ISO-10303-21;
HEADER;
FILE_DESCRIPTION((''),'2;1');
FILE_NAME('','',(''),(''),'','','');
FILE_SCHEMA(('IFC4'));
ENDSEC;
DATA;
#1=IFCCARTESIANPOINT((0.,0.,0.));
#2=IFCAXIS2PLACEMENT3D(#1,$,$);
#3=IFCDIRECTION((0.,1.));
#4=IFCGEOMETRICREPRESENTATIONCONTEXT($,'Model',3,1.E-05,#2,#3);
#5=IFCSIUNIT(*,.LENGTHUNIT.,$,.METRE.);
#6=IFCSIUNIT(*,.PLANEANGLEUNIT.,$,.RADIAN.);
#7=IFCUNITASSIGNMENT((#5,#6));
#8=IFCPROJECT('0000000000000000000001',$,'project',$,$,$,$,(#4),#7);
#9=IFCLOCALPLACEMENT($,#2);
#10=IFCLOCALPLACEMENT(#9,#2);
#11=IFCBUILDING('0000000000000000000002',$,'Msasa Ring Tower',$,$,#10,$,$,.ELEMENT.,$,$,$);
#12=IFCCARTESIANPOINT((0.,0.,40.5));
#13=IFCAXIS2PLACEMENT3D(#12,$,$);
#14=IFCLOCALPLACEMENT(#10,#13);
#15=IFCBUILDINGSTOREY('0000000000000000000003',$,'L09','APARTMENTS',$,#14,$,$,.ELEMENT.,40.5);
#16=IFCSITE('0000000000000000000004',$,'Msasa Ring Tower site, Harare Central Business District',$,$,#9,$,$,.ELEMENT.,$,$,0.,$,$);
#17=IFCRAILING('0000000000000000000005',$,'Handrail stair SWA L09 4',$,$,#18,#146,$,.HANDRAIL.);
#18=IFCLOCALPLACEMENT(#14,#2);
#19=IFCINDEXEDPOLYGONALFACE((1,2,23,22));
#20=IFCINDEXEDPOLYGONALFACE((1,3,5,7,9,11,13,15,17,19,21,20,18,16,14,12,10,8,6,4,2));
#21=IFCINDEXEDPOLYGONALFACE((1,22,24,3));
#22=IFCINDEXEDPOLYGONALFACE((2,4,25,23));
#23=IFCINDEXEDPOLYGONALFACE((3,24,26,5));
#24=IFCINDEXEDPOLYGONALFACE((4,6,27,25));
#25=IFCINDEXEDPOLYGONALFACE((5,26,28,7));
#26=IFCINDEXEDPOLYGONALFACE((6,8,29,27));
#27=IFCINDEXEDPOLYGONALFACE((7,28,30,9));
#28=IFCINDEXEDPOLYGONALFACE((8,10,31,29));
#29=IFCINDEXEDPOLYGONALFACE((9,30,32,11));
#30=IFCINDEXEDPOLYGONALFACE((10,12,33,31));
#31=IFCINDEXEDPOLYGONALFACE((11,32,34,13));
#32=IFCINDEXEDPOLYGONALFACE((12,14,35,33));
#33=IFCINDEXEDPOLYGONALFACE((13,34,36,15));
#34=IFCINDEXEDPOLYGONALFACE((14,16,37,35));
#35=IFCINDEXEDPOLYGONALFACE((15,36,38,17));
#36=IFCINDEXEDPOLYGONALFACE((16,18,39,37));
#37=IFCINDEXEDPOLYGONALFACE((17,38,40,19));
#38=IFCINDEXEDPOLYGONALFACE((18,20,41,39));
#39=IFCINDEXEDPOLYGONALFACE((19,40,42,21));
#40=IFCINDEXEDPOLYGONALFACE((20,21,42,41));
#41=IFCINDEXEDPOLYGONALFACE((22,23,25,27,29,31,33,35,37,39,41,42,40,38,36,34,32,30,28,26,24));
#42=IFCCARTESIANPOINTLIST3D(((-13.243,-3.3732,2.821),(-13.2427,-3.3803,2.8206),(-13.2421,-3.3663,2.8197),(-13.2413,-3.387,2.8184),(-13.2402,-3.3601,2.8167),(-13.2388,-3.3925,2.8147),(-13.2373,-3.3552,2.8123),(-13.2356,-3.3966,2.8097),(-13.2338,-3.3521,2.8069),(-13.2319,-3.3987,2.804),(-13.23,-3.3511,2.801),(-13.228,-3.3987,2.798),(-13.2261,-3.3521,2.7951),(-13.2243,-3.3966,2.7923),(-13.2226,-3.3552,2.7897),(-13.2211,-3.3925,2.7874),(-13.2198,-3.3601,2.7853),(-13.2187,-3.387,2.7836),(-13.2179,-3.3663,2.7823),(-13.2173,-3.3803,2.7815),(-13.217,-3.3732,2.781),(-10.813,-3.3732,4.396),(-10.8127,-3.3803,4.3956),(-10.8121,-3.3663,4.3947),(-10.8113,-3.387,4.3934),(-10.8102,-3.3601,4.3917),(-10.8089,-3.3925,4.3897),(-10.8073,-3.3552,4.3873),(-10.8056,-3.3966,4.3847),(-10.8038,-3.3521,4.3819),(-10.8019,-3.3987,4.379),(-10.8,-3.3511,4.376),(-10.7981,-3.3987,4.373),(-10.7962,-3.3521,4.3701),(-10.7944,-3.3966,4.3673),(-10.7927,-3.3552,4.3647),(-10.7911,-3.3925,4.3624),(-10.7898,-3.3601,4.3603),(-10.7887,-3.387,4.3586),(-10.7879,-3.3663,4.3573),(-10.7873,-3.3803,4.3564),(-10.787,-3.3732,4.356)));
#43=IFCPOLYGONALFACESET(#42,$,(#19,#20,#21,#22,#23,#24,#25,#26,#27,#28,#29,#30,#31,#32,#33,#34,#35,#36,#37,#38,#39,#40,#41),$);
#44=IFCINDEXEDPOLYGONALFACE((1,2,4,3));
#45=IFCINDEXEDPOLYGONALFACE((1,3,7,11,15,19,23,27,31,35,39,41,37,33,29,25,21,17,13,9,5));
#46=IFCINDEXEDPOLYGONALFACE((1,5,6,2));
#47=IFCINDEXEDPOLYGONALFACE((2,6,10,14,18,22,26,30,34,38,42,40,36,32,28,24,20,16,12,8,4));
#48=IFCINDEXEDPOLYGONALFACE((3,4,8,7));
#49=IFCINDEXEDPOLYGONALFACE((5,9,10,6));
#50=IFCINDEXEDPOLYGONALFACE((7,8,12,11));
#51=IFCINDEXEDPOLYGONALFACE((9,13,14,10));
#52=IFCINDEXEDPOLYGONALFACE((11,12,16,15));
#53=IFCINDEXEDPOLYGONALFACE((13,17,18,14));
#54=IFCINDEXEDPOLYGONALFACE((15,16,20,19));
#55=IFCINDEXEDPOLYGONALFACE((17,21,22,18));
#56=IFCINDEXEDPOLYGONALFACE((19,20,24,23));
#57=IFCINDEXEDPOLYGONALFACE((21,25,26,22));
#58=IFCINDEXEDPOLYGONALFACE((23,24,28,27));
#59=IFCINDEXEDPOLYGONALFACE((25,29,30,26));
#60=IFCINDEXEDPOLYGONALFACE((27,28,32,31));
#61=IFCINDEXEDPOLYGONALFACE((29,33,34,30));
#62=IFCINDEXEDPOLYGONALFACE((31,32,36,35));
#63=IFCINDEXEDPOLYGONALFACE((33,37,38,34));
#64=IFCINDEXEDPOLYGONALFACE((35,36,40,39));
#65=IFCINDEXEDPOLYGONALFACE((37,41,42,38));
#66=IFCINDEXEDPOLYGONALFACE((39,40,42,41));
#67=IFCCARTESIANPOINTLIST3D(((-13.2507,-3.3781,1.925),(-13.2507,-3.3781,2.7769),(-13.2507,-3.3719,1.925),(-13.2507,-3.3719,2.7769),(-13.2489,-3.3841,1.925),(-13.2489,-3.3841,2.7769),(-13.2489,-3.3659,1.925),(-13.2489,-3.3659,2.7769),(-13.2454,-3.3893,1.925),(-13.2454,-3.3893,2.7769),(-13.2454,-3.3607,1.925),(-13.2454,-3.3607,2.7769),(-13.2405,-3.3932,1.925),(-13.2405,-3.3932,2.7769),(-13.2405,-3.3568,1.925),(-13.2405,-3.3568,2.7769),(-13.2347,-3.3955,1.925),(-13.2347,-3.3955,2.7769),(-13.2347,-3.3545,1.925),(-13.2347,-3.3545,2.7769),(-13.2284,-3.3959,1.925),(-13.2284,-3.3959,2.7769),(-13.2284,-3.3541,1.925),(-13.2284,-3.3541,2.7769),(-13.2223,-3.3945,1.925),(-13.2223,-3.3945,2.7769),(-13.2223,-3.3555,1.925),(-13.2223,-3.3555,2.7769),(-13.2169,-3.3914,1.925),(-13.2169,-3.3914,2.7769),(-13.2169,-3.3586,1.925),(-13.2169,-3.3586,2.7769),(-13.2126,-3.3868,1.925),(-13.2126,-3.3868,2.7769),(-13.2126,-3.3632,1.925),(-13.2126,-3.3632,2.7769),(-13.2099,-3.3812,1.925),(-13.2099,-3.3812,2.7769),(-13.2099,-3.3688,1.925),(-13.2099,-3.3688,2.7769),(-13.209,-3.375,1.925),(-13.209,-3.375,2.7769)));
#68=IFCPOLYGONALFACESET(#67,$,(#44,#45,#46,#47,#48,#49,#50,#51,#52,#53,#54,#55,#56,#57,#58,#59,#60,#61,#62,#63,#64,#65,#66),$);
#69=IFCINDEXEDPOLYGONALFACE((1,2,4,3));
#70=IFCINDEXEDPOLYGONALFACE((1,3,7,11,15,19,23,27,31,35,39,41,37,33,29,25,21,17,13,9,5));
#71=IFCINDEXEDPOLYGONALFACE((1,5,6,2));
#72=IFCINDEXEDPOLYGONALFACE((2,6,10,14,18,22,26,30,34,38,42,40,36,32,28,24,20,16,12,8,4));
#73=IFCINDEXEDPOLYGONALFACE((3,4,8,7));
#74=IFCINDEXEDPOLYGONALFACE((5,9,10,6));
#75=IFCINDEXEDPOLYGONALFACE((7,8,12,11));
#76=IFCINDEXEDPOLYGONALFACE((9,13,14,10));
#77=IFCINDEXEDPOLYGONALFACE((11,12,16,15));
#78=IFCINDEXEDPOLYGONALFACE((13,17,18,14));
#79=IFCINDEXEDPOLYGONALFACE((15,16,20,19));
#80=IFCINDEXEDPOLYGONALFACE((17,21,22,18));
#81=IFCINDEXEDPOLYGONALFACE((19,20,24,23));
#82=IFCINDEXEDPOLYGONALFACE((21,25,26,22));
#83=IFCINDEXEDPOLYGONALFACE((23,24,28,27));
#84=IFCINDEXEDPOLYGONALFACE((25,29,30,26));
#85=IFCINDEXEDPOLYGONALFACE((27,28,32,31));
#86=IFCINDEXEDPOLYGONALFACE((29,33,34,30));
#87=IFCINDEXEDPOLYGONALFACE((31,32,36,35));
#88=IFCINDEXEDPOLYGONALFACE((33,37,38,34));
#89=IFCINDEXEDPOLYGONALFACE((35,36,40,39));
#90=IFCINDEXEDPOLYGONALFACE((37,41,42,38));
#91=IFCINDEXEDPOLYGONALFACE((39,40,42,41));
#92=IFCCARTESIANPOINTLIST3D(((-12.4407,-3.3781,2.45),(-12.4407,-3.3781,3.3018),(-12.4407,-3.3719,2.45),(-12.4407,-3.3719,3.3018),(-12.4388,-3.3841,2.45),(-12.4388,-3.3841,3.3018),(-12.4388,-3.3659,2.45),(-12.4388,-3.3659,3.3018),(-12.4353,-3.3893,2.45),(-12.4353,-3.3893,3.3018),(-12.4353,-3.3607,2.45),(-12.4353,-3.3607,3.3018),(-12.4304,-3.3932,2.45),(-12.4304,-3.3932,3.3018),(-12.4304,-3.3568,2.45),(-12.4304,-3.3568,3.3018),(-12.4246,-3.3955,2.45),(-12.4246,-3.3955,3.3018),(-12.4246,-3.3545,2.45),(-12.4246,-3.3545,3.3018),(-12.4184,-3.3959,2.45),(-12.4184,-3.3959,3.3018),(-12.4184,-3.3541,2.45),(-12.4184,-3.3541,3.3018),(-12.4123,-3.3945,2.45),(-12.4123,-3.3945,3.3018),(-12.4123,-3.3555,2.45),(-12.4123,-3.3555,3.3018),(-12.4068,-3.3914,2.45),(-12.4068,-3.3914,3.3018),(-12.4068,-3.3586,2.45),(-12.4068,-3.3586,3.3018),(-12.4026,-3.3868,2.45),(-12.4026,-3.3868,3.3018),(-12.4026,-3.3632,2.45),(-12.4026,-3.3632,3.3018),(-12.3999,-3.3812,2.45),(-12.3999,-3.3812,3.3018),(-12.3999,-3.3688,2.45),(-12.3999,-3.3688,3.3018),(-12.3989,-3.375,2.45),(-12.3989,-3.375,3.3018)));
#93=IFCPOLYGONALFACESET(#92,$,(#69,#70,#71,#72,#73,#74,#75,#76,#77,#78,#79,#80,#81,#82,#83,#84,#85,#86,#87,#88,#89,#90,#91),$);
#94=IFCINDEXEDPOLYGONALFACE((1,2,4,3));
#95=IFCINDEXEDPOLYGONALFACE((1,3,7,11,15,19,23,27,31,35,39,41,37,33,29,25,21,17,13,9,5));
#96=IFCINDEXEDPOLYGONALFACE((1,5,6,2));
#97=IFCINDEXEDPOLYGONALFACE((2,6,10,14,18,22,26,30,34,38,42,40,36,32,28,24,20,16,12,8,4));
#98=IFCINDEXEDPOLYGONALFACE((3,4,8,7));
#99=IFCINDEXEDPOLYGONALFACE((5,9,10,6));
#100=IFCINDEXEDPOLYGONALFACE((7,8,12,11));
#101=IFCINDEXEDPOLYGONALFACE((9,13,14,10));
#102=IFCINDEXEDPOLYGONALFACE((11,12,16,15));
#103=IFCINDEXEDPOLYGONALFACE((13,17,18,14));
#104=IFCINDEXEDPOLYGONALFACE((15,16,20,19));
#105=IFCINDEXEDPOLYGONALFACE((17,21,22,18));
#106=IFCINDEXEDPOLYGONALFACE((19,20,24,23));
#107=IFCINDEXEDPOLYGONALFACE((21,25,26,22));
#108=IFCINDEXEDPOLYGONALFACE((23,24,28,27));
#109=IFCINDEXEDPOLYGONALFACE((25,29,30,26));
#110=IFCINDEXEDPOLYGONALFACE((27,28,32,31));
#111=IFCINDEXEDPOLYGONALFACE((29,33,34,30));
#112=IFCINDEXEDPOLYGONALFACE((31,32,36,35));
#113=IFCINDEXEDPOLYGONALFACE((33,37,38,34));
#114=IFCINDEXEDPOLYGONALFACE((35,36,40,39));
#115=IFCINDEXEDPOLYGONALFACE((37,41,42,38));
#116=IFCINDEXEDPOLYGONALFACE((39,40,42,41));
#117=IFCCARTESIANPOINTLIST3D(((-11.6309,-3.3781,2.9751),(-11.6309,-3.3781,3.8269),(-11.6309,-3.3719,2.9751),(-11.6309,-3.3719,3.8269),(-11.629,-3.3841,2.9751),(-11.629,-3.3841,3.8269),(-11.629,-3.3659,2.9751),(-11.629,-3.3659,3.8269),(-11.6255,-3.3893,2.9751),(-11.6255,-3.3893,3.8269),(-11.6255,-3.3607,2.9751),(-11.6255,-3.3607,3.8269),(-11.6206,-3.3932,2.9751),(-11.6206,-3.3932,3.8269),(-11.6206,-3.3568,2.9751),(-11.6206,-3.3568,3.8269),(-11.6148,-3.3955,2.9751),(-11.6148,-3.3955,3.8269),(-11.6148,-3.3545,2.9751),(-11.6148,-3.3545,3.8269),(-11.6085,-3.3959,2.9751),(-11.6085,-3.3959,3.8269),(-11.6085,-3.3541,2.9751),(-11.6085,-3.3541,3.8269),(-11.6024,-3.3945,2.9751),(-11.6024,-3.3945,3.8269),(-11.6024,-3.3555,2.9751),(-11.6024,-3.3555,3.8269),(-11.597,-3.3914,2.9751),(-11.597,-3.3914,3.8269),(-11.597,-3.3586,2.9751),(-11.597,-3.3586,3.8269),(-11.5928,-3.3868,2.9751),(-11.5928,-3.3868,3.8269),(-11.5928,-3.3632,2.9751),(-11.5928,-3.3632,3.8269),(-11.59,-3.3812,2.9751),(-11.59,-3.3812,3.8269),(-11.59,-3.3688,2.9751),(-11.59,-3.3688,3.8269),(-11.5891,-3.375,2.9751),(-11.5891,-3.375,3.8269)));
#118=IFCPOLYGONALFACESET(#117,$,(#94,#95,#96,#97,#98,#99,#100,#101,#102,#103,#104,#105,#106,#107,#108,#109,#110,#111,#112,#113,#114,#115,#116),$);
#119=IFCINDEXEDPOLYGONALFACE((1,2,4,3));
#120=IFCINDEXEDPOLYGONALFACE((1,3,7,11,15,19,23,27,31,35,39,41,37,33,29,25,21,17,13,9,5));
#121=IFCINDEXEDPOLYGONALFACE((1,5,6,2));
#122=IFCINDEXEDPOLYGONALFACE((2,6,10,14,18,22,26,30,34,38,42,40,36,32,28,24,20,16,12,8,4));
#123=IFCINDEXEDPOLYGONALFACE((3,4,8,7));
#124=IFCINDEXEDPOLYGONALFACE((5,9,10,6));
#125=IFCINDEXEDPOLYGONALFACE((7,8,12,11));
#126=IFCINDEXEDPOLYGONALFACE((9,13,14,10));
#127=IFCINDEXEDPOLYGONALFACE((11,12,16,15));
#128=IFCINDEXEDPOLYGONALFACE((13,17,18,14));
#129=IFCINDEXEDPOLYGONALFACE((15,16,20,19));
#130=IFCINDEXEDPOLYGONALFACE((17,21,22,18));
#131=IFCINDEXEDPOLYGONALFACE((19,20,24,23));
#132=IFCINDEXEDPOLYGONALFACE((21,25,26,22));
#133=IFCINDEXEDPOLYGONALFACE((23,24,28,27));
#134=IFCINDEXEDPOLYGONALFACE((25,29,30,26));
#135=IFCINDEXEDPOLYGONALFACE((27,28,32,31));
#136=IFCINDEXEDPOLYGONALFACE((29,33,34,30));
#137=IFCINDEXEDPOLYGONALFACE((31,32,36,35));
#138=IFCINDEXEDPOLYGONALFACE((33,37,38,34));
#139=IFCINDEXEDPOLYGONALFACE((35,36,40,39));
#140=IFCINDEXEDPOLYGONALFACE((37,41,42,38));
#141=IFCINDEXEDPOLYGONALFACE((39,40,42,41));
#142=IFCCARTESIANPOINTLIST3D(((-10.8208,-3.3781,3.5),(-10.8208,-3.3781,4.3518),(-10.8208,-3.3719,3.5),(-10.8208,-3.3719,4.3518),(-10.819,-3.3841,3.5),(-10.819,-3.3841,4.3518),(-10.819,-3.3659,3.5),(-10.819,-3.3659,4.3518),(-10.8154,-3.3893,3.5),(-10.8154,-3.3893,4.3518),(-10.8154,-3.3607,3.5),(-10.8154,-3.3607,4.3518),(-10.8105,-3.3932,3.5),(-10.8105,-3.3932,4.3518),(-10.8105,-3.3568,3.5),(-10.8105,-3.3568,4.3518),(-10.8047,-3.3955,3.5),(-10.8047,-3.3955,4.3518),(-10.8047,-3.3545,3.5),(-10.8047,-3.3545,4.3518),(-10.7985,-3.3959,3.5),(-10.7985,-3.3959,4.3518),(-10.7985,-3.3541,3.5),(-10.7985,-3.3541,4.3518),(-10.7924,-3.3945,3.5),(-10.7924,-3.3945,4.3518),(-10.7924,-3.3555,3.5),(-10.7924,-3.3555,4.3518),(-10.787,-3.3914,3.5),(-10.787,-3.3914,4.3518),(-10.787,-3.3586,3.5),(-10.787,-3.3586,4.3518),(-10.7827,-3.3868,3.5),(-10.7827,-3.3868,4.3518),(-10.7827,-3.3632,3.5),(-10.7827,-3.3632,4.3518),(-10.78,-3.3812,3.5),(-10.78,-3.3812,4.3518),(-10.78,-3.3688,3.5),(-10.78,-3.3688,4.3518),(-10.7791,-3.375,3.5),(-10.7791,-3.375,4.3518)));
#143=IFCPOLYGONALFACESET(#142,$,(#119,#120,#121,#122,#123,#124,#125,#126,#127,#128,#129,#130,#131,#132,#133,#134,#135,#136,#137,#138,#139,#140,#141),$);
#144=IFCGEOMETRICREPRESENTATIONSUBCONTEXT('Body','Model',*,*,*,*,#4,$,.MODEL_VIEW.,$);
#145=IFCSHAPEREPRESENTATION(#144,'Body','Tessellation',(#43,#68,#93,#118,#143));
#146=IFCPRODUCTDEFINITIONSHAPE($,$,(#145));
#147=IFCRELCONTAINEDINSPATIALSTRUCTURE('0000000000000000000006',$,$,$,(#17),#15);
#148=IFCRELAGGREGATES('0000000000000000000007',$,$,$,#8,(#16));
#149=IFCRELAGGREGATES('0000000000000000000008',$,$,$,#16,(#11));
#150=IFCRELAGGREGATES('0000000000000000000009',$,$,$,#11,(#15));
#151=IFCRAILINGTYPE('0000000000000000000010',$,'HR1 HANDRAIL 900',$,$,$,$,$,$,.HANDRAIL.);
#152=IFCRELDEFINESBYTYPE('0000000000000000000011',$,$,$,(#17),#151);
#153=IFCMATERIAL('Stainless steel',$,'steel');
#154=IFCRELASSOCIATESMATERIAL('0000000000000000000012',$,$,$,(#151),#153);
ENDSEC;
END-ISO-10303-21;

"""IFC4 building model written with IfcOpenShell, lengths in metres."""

from ifc_helpers import new_model, si_unit, direction, frame, origin, origin_2d, place, context, subcontext, project, spatial, circle, extrude, material, type_object, element, save


model = new_model("IFC4")

# Units and contexts
model_context = context("Model", 3, precision=1e-05, world=origin(), true_north=direction((0.0, 1.0)))
body_context = subcontext(model_context, "Body", "Model", "MODEL_VIEW")
ifc_project = project(units=[si_unit("LENGTHUNIT", "METRE"), si_unit("PLANEANGLEUNIT", "RADIAN")], contexts=[model_context])

# Site, building, storey
site_placement = place(None, origin())
site = spatial("IfcSite", under=ifc_project, at=site_placement, Name="Msasa Ring Tower site, Harare Central Business District", CompositionType="ELEMENT", RefElevation=0.0)
building_placement = place(site_placement, origin())
building = spatial("IfcBuilding", under=site, at=building_placement, Name="Msasa Ring Tower", CompositionType="ELEMENT")
storey_placement = place(building_placement, frame((0.0, 0.0, 40.5)))
storey = spatial("IfcBuildingStorey", under=building, at=storey_placement, Name="L09", Description="APARTMENTS", CompositionType="ELEMENT", Elevation=40.5)

# Railing
ifc_material_1 = material(Name="Stainless steel", Category="steel")
railing_type = type_object("IfcRailingType", Name="HR1 HANDRAIL 900", PredefinedType="HANDRAIL", material=ifc_material_1)
for number, where, name in (
    (1, (-13.23, -3.375, 1.925), "Handrail stair SWA L09 4"),
):
    element("IfcRailing", number, at=place(storey_placement, frame(where)), inside=storey, type_object=railing_type, Name=name, PredefinedType="HANDRAIL", context=body_context, shape_type="SweptSolid", body=[
        extrude(circle(Radius=0.0239, at=origin_2d()), frame((0.0, 0.0, 0.876), z_axis=(0.839154, 0.0, 0.543894), x_axis=(0.0, 1.0, 0.0)), (0.0, 0.0, 1.0), 2.8958),
        extrude(circle(Radius=0.021, at=origin_2d()), origin(), (0.0, 0.0, 1.0), 0.8518),
        extrude(circle(Radius=0.021, at=origin_2d()), frame((0.8101, 0.0, 0.5249)), (0.0, 0.0, 1.0), 0.8518),
        extrude(circle(Radius=0.021, at=origin_2d()), frame((1.6199, 0.0, 1.05)), (0.0, 0.0, 1.0), 0.8518),
        extrude(circle(Radius=0.021, at=origin_2d()), frame((2.4299, 0.0, 1.575)), (0.0, 0.0, 1.0), 0.8518),
    ])

save(model, "model.ifc")
